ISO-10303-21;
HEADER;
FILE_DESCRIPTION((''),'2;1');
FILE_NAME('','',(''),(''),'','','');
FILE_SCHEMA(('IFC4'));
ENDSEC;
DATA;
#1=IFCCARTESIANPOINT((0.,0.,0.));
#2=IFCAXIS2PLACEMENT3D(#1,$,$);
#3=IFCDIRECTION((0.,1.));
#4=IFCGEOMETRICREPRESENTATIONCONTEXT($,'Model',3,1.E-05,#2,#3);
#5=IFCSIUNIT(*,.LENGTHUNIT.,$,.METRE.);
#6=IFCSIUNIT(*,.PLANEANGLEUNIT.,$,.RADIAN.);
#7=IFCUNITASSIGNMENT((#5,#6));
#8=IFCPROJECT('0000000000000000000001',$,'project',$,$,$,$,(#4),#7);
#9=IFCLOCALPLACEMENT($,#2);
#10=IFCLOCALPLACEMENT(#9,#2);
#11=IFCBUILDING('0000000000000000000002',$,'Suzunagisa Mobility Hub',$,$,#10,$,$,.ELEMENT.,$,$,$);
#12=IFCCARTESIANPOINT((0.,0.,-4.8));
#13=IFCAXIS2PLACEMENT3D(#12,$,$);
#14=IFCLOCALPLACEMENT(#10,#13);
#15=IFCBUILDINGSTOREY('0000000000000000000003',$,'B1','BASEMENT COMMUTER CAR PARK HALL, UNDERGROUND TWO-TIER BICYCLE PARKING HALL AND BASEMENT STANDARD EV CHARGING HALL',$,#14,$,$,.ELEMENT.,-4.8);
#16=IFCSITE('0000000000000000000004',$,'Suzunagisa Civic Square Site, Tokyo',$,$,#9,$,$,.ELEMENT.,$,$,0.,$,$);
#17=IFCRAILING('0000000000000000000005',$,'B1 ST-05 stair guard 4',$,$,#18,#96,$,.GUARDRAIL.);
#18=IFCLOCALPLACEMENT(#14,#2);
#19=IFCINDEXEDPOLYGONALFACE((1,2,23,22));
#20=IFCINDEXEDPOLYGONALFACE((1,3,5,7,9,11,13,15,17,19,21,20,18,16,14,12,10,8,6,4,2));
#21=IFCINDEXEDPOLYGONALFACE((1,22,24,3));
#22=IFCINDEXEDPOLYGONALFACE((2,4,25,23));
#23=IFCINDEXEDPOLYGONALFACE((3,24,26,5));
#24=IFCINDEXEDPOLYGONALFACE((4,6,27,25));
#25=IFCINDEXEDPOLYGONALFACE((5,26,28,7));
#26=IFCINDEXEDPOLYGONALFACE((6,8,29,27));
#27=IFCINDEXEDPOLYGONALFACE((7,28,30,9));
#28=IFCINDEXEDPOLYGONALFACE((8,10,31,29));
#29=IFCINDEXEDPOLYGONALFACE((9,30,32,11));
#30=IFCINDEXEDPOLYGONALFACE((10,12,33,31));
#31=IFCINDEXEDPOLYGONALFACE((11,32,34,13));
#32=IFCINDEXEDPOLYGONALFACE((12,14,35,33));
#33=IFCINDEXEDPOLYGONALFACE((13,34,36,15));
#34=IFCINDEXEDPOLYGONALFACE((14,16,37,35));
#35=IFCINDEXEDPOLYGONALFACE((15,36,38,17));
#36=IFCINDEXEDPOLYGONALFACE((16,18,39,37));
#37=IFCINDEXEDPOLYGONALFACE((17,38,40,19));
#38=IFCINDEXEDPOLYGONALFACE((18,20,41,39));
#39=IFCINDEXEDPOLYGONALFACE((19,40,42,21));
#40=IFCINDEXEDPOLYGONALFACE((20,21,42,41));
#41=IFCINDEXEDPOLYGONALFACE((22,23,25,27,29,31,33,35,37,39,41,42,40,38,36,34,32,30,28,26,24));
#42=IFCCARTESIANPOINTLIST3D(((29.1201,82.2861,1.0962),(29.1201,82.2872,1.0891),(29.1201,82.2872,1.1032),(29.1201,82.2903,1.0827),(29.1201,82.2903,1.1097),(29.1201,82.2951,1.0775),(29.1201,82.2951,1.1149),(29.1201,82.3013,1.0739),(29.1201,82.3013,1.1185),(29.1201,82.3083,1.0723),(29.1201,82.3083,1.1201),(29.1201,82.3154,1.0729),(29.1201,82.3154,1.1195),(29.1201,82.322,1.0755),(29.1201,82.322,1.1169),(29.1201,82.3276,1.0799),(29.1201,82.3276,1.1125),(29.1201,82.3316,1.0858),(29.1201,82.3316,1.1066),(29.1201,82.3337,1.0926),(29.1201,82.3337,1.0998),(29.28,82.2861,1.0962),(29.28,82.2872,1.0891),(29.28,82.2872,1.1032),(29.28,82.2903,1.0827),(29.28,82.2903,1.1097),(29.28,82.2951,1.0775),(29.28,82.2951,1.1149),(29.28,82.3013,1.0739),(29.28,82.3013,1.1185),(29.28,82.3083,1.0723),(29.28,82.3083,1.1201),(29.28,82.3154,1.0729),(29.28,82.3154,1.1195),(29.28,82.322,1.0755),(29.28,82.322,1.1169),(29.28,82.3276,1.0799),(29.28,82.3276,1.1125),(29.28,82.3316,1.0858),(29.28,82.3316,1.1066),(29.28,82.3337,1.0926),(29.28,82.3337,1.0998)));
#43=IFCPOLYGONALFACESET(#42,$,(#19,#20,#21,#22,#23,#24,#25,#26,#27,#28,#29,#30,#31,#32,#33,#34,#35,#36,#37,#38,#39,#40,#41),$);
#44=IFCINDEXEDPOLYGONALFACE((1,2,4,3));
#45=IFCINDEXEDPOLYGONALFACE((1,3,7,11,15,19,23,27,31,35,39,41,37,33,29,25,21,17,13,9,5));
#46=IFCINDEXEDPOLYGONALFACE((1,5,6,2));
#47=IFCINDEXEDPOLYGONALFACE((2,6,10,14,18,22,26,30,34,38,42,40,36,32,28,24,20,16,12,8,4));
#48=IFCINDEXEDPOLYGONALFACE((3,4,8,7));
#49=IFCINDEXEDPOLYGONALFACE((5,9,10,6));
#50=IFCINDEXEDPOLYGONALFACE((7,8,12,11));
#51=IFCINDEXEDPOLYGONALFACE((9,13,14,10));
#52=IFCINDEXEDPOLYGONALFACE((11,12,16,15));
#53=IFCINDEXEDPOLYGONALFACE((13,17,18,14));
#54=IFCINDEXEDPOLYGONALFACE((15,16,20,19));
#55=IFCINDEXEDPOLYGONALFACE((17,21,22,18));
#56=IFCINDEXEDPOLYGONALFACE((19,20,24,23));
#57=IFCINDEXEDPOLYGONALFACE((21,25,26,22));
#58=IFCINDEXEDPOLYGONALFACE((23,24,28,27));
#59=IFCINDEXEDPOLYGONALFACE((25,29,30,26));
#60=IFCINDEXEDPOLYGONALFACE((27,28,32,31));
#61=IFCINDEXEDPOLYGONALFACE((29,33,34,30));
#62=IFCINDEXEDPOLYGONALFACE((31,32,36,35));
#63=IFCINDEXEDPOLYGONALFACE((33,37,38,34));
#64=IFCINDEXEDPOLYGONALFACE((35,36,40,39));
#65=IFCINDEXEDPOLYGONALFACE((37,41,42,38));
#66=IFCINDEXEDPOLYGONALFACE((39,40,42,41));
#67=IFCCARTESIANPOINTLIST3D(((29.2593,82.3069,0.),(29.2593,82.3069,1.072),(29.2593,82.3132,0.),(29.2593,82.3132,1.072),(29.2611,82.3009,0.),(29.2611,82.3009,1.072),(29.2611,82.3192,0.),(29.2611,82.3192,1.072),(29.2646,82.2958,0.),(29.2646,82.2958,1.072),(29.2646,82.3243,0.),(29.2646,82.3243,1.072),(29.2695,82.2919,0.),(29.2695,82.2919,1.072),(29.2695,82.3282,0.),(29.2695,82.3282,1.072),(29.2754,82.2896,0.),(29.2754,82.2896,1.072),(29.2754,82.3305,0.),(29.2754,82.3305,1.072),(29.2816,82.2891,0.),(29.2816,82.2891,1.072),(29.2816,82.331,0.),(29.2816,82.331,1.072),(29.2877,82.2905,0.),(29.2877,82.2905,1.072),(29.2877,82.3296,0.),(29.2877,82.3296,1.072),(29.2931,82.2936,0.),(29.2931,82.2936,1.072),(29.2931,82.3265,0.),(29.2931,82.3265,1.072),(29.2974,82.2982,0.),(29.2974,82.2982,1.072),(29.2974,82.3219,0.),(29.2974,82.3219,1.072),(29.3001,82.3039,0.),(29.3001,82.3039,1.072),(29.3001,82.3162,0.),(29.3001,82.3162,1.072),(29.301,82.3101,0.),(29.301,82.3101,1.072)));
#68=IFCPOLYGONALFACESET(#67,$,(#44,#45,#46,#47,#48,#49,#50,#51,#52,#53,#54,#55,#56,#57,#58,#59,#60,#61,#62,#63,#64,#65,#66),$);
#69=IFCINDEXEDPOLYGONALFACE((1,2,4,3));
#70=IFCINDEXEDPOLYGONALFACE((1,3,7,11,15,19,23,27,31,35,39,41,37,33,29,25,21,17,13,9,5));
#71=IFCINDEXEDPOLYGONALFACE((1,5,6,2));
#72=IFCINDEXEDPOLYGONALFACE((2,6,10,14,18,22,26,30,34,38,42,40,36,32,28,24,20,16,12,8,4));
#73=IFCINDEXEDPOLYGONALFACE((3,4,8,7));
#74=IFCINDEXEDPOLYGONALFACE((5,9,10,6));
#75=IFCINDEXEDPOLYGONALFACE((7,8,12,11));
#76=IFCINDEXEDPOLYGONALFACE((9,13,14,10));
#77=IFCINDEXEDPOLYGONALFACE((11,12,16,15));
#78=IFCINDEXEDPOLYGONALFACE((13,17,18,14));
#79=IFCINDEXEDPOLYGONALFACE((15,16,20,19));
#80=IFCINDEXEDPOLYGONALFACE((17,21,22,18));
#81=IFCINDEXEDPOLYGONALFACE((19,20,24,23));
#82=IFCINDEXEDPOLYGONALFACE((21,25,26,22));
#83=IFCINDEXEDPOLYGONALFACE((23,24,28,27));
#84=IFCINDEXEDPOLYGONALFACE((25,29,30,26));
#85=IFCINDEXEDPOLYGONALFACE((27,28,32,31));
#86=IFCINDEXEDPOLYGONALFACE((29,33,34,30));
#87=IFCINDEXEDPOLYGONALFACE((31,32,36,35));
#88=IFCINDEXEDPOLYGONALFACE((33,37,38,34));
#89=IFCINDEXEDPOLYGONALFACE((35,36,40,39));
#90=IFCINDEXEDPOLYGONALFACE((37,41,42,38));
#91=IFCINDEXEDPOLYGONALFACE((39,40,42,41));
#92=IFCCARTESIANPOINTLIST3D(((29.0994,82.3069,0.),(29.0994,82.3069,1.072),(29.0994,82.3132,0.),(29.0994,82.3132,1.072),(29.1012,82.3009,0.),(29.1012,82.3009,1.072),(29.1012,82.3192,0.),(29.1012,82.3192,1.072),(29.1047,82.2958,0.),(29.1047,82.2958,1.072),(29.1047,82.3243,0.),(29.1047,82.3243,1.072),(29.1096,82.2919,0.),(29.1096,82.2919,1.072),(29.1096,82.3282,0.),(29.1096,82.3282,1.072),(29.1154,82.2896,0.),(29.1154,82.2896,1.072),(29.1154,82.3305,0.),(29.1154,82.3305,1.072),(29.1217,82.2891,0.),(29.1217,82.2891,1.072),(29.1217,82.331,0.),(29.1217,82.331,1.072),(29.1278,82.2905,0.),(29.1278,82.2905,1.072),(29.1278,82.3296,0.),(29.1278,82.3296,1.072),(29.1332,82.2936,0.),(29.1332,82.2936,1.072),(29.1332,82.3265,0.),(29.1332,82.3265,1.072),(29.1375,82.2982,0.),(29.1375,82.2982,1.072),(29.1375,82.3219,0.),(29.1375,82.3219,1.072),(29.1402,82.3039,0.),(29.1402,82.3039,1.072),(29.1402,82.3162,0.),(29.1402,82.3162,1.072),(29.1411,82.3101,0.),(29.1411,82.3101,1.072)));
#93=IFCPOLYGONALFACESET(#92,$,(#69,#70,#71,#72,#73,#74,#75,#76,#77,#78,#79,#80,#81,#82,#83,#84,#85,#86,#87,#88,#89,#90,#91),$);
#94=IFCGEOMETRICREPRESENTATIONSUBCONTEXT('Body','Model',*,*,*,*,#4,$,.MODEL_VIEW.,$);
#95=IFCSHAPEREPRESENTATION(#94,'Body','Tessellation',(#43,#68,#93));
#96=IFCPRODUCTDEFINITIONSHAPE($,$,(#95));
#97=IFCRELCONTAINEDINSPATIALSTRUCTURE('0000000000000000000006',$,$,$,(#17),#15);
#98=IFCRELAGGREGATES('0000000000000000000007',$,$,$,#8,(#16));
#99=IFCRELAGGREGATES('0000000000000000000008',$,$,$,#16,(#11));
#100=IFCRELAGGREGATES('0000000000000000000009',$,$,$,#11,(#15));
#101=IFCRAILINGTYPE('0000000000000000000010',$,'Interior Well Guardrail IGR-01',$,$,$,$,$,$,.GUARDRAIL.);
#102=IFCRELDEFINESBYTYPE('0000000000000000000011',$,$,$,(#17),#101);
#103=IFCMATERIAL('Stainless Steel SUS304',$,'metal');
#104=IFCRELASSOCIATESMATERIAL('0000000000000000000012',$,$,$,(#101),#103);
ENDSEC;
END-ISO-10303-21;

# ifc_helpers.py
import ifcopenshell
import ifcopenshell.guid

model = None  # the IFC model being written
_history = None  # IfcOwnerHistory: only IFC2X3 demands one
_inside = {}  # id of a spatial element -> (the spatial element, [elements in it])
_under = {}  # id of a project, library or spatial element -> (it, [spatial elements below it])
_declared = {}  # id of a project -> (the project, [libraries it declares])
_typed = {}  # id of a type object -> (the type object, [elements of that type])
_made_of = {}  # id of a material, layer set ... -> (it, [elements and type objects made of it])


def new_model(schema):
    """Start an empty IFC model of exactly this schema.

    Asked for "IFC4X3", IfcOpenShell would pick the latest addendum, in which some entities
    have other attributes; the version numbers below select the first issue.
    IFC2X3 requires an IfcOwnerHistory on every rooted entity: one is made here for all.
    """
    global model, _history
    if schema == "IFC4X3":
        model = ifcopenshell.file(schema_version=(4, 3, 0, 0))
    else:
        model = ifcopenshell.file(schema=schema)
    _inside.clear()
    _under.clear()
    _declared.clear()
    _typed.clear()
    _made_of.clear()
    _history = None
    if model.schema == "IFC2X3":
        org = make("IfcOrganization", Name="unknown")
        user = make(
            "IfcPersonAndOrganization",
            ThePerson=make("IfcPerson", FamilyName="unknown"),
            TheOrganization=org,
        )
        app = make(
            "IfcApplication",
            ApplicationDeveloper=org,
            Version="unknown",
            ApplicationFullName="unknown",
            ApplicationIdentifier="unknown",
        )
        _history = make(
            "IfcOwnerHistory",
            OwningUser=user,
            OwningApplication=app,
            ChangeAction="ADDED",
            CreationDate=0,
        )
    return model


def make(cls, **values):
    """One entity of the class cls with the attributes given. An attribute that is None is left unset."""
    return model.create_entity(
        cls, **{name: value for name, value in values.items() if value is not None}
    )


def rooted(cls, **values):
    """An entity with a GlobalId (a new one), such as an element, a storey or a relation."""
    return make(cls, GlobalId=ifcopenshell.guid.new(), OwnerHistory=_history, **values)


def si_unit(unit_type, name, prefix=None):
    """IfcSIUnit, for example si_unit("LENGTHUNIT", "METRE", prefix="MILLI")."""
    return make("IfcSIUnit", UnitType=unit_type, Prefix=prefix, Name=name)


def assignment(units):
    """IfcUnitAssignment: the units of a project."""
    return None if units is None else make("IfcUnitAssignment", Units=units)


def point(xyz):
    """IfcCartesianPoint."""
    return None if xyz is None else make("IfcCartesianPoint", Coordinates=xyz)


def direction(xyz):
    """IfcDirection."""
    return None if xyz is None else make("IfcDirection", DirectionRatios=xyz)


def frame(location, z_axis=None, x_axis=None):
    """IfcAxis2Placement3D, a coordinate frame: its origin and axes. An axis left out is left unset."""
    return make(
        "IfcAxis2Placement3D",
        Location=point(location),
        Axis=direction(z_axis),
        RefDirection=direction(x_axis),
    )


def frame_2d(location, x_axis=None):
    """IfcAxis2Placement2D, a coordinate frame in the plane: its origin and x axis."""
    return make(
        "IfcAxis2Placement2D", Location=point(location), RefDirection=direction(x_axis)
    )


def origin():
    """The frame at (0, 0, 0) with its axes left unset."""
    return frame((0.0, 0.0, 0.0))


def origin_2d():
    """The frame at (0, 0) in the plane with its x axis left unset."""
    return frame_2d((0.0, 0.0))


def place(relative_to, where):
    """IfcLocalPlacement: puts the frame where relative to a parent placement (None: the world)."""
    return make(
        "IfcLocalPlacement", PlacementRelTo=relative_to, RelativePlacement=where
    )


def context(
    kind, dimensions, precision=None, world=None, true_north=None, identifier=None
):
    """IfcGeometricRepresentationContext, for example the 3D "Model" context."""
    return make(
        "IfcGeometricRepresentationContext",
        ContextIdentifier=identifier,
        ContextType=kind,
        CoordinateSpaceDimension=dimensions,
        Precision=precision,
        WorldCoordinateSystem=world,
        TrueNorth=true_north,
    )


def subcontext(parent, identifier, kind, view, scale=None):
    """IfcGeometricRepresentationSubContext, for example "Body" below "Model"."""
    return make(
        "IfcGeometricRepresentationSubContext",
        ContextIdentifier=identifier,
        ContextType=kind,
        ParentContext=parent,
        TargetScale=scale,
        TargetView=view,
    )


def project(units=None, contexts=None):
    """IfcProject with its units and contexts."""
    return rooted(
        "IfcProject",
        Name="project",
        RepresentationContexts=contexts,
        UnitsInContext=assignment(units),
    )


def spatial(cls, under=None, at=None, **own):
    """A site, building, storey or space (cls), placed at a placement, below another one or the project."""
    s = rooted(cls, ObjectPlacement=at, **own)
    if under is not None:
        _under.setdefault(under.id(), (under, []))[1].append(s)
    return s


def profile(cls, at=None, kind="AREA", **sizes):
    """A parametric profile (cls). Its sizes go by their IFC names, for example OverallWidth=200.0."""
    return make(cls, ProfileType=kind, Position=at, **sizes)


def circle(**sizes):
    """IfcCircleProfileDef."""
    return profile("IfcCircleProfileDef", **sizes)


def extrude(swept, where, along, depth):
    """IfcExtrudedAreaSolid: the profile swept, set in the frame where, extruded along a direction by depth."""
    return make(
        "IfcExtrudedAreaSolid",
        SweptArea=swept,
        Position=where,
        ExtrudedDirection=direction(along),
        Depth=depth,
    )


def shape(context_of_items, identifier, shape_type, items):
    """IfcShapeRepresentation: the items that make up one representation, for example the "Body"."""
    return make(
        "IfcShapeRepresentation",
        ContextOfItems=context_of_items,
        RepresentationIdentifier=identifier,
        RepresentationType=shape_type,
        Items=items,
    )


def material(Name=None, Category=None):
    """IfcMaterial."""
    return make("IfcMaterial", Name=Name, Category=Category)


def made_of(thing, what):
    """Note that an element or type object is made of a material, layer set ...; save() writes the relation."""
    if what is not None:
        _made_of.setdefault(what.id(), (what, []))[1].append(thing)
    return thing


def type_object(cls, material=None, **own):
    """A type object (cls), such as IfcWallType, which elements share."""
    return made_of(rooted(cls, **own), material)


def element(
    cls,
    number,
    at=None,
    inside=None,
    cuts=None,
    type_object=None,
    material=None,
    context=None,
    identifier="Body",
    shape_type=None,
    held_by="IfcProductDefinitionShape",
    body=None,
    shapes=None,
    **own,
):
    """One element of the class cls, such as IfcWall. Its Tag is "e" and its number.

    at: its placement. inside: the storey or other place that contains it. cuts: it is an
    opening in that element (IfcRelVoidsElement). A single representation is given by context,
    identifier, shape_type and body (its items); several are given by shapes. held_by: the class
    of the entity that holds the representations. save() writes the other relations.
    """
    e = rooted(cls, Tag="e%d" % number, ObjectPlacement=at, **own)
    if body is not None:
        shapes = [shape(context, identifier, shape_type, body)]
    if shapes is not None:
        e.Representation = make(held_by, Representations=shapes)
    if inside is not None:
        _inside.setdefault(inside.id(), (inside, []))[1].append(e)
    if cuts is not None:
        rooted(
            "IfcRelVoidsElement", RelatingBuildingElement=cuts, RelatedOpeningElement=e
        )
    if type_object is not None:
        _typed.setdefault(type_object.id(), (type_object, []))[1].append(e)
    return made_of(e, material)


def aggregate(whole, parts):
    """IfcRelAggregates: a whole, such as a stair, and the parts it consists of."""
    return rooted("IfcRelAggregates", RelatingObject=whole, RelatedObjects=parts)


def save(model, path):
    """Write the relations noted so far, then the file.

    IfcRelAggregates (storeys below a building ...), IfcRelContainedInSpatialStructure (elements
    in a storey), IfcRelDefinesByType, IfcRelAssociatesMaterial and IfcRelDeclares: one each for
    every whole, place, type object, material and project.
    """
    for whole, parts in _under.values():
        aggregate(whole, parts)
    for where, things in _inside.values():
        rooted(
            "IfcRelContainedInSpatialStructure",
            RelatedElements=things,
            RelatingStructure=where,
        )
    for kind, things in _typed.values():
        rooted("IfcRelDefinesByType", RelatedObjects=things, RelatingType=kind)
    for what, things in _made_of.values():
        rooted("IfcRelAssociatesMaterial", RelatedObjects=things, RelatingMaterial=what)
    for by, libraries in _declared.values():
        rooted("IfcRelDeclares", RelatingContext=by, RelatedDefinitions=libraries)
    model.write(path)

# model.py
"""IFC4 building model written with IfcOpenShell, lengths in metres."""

from ifc_helpers import new_model, si_unit, direction, frame, origin, origin_2d, place, context, subcontext, project, spatial, circle, extrude, material, type_object, element, save


model = new_model("IFC4")

# Units and contexts
model_context = context("Model", 3, precision=1e-05, world=origin(), true_north=direction((0.0, 1.0)))
body_context = subcontext(model_context, "Body", "Model", "MODEL_VIEW")
ifc_project = project(units=[si_unit("LENGTHUNIT", "METRE"), si_unit("PLANEANGLEUNIT", "RADIAN")], contexts=[model_context])

# Site, building, storey
site_placement = place(None, origin())
site = spatial("IfcSite", under=ifc_project, at=site_placement, Name="Suzunagisa Civic Square Site, Tokyo", CompositionType="ELEMENT", RefElevation=0.0)
building_placement = place(site_placement, origin())
building = spatial("IfcBuilding", under=site, at=building_placement, Name="Suzunagisa Mobility Hub", CompositionType="ELEMENT")
storey_placement = place(building_placement, frame((0.0, 0.0, -4.8)))
storey = spatial("IfcBuildingStorey", under=building, at=storey_placement, Name="B1", Description="BASEMENT COMMUTER CAR PARK HALL, UNDERGROUND TWO-TIER BICYCLE PARKING HALL AND BASEMENT STANDARD EV CHARGING HALL", CompositionType="ELEMENT", Elevation=-4.8)

# Railing
ifc_material_1 = material(Name="Stainless Steel SUS304", Category="metal")
railing_type_1 = type_object("IfcRailingType", Name="Interior Well Guardrail IGR-01", PredefinedType="GUARDRAIL", material=ifc_material_1)
railing_1_placement = place(storey_placement, frame((29.28, 82.3101, 0.0)))
element("IfcRailing", 1, at=railing_1_placement, inside=storey, type_object=railing_type_1, Name="B1 ST-05 stair guard 4", PredefinedType="GUARDRAIL", context=body_context, shape_type="SweptSolid", body=[
    extrude(circle(Radius=0.0239, at=origin_2d()), frame((0.0, 0.0, 1.0962), z_axis=(-1.0, 0.0, 0.0), x_axis=(0.0, -1.0, 0.0)), (0.0, 0.0, 1.0), 0.1599),
    extrude(circle(Radius=0.021, at=origin_2d()), origin(), (0.0, 0.0, 1.0), 1.072),
    extrude(circle(Radius=0.021, at=origin_2d()), frame((-0.1599, 0.0, 0.0)), (0.0, 0.0, 1.0), 1.072),
])

save(model, "model.ifc")
